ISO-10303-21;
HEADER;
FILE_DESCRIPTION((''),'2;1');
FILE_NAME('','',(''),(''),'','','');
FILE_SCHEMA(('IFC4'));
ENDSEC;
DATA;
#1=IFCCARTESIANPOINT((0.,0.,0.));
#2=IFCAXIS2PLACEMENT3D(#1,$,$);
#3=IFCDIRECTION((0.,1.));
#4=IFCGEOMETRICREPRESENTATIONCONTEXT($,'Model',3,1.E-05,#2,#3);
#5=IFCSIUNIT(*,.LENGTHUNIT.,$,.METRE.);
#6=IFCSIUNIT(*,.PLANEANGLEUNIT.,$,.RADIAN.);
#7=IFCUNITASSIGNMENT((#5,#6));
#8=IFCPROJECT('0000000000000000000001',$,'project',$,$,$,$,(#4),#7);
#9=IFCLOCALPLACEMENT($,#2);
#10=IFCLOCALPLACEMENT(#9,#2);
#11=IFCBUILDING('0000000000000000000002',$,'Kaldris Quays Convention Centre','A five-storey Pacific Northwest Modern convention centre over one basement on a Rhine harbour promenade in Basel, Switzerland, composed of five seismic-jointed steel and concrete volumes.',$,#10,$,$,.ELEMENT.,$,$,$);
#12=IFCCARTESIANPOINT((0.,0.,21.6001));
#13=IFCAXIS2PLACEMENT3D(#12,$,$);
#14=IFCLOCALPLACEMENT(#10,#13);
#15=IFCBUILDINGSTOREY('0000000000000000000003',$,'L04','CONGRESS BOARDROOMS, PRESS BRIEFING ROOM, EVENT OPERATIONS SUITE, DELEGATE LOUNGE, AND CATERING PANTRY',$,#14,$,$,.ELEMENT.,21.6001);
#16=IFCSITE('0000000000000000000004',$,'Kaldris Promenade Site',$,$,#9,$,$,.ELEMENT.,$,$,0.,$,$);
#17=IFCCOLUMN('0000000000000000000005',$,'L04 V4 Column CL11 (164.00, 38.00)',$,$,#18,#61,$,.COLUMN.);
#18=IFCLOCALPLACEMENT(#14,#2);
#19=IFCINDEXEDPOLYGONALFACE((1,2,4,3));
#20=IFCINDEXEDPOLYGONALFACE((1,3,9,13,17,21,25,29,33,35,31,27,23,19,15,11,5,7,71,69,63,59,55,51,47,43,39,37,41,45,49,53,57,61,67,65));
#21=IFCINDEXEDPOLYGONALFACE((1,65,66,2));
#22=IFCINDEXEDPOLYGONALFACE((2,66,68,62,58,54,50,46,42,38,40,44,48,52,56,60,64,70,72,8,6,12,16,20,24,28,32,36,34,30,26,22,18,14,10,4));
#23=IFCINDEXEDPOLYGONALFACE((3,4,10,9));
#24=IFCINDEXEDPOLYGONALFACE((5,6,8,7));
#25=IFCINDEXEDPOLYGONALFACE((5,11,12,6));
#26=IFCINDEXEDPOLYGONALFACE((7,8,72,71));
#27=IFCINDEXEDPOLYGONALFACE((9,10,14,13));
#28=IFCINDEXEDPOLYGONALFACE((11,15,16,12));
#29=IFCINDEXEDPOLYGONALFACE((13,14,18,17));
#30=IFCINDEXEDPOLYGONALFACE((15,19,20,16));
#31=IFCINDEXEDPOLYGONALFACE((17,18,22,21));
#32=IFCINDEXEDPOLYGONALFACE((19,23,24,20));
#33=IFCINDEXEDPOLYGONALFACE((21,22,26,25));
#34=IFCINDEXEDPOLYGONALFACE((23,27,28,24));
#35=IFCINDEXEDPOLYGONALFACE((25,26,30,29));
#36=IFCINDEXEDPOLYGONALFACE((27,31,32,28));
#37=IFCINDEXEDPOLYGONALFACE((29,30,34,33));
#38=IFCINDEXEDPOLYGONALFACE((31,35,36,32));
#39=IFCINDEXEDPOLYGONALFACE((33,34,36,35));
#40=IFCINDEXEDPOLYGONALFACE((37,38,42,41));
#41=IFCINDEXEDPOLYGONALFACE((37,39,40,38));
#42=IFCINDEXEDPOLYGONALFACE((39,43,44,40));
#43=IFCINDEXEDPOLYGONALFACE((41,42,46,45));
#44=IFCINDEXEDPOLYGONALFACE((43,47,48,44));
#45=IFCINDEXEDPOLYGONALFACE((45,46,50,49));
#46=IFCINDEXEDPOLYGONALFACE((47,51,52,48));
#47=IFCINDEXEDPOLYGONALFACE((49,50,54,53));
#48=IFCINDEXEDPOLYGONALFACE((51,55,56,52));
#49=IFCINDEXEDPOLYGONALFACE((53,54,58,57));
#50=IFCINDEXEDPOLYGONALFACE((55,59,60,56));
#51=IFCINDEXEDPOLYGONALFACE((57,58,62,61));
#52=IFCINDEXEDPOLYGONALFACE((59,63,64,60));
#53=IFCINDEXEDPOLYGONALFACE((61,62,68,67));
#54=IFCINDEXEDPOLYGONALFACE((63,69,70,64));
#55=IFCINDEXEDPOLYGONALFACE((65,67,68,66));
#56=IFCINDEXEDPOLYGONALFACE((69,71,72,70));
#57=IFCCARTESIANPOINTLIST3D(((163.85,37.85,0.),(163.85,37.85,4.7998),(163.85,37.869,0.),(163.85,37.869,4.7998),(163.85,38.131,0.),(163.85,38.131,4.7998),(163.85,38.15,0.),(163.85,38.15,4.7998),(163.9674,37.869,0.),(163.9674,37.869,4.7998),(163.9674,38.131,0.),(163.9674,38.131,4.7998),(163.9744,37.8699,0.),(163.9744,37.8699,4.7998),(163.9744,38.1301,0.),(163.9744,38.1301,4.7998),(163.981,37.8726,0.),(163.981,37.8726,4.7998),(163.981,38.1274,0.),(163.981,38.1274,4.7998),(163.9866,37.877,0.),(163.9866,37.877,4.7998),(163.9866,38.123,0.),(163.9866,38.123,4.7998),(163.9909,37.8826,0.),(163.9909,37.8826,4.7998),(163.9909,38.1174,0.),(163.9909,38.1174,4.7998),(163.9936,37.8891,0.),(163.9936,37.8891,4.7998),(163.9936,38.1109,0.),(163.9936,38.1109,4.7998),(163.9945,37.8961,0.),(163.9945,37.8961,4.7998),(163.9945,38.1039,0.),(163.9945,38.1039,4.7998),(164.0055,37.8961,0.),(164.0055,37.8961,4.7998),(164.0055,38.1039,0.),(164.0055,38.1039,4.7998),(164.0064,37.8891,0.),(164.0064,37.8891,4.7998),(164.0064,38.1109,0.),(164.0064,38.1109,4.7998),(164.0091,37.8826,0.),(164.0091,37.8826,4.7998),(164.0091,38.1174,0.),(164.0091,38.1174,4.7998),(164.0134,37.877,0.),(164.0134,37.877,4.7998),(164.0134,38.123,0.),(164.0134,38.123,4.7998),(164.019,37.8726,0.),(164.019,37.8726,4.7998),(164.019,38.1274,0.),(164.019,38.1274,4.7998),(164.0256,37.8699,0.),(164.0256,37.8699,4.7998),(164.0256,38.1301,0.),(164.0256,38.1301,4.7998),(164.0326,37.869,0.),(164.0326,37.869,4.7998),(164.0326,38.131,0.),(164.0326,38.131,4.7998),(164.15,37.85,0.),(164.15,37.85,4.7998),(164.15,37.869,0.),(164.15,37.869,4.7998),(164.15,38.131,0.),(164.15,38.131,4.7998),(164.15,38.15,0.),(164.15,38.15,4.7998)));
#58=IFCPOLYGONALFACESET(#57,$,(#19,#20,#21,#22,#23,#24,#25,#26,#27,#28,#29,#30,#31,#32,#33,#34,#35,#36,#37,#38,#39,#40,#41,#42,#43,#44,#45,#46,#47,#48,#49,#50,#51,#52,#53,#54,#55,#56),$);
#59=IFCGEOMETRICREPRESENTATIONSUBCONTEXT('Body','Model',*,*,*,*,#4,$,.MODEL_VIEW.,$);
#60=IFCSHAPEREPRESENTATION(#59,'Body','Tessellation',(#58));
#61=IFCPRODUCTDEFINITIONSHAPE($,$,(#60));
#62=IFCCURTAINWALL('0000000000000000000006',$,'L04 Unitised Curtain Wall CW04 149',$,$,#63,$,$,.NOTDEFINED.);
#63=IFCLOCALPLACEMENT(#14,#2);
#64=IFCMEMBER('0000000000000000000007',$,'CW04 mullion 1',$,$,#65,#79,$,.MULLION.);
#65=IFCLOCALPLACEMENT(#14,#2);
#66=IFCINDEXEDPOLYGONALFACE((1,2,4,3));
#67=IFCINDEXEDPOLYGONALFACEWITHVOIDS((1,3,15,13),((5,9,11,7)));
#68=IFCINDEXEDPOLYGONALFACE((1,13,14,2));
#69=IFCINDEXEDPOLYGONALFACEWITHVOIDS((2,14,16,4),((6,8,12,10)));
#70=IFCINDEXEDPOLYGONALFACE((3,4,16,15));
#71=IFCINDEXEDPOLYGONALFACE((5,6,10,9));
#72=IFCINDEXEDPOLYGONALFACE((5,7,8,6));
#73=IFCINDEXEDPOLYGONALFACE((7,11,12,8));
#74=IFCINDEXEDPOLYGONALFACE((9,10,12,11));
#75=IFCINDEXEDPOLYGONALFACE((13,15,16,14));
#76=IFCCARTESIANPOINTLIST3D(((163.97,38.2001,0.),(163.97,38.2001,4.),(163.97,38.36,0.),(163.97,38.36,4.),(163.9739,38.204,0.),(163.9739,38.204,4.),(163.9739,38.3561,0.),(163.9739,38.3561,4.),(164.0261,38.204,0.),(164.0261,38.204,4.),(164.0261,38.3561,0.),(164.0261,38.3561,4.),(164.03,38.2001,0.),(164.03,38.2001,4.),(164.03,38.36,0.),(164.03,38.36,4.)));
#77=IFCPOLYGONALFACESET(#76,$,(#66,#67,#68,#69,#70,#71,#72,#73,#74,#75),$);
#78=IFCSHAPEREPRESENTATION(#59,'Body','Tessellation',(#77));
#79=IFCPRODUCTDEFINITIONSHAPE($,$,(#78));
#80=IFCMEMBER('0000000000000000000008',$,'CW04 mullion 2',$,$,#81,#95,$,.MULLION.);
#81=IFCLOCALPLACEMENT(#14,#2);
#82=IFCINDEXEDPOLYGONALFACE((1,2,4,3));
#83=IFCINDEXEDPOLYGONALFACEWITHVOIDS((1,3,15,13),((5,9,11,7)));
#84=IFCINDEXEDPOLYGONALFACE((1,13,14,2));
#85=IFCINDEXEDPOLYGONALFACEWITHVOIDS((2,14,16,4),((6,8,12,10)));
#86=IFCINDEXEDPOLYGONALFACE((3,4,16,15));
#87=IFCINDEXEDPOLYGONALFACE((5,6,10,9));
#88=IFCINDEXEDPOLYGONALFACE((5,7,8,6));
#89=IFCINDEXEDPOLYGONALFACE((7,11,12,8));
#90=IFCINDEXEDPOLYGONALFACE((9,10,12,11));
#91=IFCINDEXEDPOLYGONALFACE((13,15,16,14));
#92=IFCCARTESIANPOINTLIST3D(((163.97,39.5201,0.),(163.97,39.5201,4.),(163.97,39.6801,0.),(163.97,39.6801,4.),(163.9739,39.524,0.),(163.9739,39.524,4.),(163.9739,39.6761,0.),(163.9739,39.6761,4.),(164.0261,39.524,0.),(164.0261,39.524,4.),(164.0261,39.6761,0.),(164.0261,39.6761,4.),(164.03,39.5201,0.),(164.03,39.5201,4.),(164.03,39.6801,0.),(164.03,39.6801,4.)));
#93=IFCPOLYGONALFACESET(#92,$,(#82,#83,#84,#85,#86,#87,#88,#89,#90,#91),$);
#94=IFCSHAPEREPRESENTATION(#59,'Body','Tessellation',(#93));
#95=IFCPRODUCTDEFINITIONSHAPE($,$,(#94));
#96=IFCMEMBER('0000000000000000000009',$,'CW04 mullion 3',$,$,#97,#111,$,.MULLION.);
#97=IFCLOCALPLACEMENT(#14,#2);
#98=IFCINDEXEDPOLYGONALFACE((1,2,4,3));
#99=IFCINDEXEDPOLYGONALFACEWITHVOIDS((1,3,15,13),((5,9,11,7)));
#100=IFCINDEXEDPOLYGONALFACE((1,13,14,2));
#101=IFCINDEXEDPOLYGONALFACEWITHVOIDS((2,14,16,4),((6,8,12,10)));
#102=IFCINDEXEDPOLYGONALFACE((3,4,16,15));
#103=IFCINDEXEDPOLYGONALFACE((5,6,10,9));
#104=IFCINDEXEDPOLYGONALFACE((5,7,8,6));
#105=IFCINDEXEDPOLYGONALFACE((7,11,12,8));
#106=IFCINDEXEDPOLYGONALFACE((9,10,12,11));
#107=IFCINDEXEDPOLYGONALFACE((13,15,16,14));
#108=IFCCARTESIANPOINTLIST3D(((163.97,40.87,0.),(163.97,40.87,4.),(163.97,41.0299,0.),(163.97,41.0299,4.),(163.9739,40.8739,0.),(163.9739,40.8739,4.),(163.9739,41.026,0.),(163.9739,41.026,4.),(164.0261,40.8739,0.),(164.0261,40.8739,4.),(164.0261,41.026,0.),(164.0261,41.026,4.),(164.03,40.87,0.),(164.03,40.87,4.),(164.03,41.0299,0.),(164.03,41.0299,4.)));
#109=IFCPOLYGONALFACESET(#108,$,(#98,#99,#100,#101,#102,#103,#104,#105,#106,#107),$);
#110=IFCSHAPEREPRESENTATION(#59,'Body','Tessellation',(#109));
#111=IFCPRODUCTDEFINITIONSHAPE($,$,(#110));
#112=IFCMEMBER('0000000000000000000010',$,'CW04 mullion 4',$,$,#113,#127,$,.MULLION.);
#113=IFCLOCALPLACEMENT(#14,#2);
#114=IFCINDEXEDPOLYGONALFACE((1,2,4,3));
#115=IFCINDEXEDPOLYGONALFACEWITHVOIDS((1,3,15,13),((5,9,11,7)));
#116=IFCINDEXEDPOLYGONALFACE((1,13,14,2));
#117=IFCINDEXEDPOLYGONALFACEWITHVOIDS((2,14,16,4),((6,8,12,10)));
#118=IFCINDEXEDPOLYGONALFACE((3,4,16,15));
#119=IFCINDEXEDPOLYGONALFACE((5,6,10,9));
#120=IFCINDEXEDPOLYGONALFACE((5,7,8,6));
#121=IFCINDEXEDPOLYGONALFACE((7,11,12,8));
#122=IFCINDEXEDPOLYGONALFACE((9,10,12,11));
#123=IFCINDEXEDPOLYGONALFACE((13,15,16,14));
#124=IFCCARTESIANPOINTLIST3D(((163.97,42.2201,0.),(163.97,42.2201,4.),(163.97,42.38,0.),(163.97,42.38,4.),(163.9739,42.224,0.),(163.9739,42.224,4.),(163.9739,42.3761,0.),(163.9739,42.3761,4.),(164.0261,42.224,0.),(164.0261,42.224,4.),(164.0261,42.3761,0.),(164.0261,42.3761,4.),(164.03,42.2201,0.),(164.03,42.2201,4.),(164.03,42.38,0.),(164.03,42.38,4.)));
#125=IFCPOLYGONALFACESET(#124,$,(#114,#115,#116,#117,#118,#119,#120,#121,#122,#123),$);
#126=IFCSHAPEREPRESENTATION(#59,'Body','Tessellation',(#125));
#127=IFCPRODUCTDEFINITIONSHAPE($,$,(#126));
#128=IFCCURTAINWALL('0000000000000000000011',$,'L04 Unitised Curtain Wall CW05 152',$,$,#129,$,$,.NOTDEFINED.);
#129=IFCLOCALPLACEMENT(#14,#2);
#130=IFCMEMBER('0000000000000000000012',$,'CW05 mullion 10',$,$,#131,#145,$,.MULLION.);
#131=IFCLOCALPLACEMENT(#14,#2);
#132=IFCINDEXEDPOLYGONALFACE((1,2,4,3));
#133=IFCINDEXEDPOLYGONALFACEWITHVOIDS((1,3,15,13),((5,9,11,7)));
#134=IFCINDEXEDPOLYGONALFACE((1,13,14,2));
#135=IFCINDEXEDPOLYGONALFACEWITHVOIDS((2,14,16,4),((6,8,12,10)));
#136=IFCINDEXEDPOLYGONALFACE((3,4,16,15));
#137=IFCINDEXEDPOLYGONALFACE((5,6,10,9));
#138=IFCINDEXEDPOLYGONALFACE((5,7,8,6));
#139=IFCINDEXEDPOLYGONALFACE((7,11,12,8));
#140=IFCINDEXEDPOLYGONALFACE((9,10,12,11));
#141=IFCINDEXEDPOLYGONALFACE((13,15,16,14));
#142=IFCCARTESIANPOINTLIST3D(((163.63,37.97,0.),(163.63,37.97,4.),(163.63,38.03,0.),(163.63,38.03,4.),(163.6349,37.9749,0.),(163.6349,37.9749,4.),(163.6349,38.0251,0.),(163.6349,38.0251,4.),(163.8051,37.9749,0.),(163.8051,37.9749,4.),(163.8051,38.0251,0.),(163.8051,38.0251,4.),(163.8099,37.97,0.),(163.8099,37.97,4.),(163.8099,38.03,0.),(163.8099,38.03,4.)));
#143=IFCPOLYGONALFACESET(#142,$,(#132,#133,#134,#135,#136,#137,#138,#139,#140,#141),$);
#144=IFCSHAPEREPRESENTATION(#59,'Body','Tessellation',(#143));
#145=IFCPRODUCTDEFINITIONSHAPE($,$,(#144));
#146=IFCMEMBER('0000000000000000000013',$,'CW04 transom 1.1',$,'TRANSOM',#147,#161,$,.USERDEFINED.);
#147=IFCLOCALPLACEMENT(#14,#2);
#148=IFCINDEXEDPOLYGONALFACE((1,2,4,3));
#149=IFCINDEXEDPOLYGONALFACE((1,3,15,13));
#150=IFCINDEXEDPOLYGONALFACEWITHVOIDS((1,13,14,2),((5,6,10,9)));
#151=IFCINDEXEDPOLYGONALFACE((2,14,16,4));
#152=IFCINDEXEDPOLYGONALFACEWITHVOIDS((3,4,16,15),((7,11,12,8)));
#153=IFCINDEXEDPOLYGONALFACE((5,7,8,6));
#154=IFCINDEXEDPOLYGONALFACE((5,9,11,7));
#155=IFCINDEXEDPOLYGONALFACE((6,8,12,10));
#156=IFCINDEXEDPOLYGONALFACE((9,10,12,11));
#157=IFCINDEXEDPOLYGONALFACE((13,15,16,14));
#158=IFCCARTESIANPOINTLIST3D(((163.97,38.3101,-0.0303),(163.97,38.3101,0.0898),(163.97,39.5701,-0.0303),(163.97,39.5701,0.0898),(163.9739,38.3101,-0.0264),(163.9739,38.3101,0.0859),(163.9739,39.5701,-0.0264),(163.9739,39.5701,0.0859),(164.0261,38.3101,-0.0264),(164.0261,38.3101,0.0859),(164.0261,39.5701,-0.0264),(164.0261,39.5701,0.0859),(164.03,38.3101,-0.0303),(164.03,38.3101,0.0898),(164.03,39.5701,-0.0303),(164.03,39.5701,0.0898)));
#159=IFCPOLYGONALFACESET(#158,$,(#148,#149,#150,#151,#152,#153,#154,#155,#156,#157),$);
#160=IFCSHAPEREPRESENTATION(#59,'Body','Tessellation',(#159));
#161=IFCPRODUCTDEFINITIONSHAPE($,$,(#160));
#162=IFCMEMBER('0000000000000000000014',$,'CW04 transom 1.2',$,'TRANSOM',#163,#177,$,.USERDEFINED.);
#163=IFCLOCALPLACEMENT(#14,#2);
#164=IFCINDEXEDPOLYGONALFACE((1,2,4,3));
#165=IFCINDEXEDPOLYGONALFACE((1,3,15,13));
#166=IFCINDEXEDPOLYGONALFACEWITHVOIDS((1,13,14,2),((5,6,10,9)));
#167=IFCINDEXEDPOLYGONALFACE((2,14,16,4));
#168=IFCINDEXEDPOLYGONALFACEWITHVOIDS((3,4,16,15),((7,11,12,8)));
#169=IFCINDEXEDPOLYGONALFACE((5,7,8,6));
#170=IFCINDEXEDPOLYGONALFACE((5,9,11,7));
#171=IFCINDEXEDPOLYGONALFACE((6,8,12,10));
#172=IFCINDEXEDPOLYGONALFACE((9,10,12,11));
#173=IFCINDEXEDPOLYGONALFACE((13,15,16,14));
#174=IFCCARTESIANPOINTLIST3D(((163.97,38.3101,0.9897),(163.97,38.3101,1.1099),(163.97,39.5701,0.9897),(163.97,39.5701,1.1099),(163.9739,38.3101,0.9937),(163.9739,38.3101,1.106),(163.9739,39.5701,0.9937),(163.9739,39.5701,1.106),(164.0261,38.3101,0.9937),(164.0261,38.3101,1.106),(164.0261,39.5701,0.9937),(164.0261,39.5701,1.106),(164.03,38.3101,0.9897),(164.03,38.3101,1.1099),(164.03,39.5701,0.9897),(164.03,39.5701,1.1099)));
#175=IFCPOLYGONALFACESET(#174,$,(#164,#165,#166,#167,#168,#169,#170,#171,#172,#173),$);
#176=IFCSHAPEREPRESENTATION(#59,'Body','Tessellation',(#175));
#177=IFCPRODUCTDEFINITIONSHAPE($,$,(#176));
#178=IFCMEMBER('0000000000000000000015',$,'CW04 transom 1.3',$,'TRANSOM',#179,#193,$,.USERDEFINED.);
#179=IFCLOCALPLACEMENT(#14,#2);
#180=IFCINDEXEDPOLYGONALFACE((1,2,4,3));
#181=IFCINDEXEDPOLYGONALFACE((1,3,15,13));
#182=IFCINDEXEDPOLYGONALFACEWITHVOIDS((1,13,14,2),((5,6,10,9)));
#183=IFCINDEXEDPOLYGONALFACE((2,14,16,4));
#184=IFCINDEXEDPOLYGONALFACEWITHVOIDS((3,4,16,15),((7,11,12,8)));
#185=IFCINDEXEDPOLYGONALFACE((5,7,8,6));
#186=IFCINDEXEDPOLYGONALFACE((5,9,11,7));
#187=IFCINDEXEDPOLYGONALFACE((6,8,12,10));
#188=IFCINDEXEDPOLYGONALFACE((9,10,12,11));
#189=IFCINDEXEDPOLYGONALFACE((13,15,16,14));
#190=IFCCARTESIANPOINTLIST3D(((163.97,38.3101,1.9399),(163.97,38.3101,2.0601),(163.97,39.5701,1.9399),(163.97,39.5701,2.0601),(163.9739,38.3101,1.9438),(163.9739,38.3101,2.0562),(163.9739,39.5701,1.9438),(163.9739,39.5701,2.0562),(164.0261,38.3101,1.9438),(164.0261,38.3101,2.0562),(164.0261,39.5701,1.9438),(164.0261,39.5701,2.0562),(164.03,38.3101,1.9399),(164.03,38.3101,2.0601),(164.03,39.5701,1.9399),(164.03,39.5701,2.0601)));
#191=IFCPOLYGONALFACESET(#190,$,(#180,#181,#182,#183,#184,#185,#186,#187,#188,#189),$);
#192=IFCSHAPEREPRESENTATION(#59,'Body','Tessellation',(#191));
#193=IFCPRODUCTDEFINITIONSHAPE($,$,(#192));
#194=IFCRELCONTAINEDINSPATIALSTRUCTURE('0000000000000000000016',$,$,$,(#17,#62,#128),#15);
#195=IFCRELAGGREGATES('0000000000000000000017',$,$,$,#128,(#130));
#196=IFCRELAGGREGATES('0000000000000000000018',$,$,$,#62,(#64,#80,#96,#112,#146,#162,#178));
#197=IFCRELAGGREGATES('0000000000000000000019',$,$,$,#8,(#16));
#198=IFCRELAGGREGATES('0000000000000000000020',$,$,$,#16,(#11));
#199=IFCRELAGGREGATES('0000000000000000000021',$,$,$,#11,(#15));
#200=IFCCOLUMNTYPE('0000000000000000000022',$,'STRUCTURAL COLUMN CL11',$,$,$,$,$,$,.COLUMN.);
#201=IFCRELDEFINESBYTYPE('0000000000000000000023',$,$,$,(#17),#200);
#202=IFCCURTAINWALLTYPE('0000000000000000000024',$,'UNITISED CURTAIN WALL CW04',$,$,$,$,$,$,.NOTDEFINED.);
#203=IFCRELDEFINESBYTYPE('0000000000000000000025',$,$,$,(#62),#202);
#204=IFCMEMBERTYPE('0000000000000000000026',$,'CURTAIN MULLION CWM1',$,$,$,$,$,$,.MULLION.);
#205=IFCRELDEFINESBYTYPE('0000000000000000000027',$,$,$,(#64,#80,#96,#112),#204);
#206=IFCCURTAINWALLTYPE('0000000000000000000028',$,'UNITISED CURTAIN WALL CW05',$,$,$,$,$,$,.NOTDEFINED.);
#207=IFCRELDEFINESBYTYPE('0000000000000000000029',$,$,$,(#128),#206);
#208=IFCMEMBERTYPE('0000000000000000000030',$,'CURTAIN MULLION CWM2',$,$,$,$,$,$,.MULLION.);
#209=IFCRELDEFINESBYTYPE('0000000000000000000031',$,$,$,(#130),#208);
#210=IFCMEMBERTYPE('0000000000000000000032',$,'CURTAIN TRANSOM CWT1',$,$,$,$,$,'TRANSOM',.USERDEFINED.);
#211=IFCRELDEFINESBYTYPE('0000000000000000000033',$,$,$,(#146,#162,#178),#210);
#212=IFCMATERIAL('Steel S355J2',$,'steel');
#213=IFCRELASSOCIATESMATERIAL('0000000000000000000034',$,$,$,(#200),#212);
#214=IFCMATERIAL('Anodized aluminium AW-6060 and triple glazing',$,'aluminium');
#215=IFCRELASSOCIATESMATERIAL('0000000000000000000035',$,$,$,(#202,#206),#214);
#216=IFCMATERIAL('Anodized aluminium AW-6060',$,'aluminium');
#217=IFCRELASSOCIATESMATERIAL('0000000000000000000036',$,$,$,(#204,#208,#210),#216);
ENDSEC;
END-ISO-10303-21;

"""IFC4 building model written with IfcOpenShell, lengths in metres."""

from ifc_helpers import new_model, si_unit, direction, frame, origin, origin_2d, place, context, subcontext, project, spatial, hollow_rectangle, i_section, extrude, material, material_profile, profile_set, type_object, element, aggregate, save


model = new_model("IFC4")

# Units and contexts
model_context = context("Model", 3, precision=1e-05, world=origin(), true_north=direction((0.0, 1.0)))
body_context = subcontext(model_context, "Body", "Model", "MODEL_VIEW")
ifc_project = project(units=[si_unit("LENGTHUNIT", "METRE"), si_unit("PLANEANGLEUNIT", "RADIAN")], contexts=[model_context])

# Site, building, storey
site_placement = place(None, origin())
site = spatial("IfcSite", under=ifc_project, at=site_placement, Name="Kaldris Promenade Site", CompositionType="ELEMENT", RefElevation=0.0)
building_placement = place(site_placement, origin())
building = spatial("IfcBuilding", under=site, at=building_placement, Name="Kaldris Quays Convention Centre", Description="A five-storey Pacific Northwest Modern convention centre over one basement on a Rhine harbour promenade in Basel, Switzerland, composed of five seismic-jointed steel and concrete volumes.", CompositionType="ELEMENT")
storey_placement = place(building_placement, frame((0.0, 0.0, 21.6001)))
storey = spatial("IfcBuildingStorey", under=building, at=storey_placement, Name="L04", Description="CONGRESS BOARDROOMS, PRESS BRIEFING ROOM, EVENT OPERATIONS SUITE, DELEGATE LOUNGE, AND CATERING PANTRY", CompositionType="ELEMENT", Elevation=21.6001)

# Column
ifc_material_1 = material(Name="Steel S355J2", Category="steel")
ifc_material_profile_1 = material_profile(ifc_material_1, i_section(OverallWidth=0.3, OverallDepth=0.3, WebThickness=0.011, FlangeThickness=0.019, FilletRadius=0.0271, at=origin_2d()), Name="HEB 300")
ifc_profile_set_1 = profile_set([ifc_material_profile_1], Name="Steel S355J2")
column_type = type_object("IfcColumnType", Name="STRUCTURAL COLUMN CL11", PredefinedType="COLUMN", material=ifc_profile_set_1)
column_placement = place(storey_placement, frame((164.0, 38.0, 0.0), z_axis=(0.0, 0.0, 1.0), x_axis=(1.0, 0.0, 0.0)))
element("IfcColumn", 1, at=column_placement, inside=storey, type_object=column_type, Name="L04 V4 Column CL11 (164.00, 38.00)", PredefinedType="COLUMN", context=body_context, shape_type="SweptSolid", body=[
    extrude(i_section(OverallWidth=0.3, OverallDepth=0.3, WebThickness=0.011, FlangeThickness=0.019, FilletRadius=0.0271, at=origin_2d()), origin(), (0.0, 0.0, 1.0), 4.7998),
])

# Curtain wall, members
ifc_material_2 = material(Name="Anodized aluminium AW-6060 and triple glazing", Category="aluminium")
curtain_wall_type_1 = type_object("IfcCurtainWallType", Name="UNITISED CURTAIN WALL CW04", PredefinedType="NOTDEFINED", material=ifc_material_2)
curtain_wall_1_placement = place(storey_placement, origin())
curtain_wall_1 = element("IfcCurtainWall", 2, at=curtain_wall_1_placement, inside=storey, type_object=curtain_wall_type_1, Name="L04 Unitised Curtain Wall CW04 149", PredefinedType="NOTDEFINED")
ifc_material_3 = material(Name="Anodized aluminium AW-6060", Category="aluminium")
ifc_material_profile_2 = material_profile(ifc_material_3, hollow_rectangle(XDim=0.0601, YDim=0.1599, WallThickness=0.0039, at=origin_2d()), Name="RHS 160x60x4")
ifc_profile_set_2 = profile_set([ifc_material_profile_2], Name="Anodized aluminium AW-6060")
member_type_1 = type_object("IfcMemberType", Name="CURTAIN MULLION CWM1", PredefinedType="MULLION", material=ifc_profile_set_2)
member_1_placement = place(storey_placement, frame((164.0, 38.28, 0.0), z_axis=(0.0, 0.0, 1.0), x_axis=(-1.0, 0.0, 0.0)))
member_1 = element("IfcMember", 3, at=member_1_placement, type_object=member_type_1, Name="CW04 mullion 1", PredefinedType="MULLION", context=body_context, shape_type="SweptSolid", body=[
    extrude(hollow_rectangle(XDim=0.0601, YDim=0.1599, WallThickness=0.0039, at=origin_2d()), origin(), (0.0, 0.0, 1.0), 4.0),
])
member_2_placement = place(storey_placement, frame((164.0, 39.6001, 0.0), z_axis=(0.0, 0.0, 1.0), x_axis=(-1.0, 0.0, 0.0)))
member_2 = element("IfcMember", 4, at=member_2_placement, type_object=member_type_1, Name="CW04 mullion 2", PredefinedType="MULLION", context=body_context, shape_type="SweptSolid", body=[
    extrude(hollow_rectangle(XDim=0.0601, YDim=0.1599, WallThickness=0.0039, at=origin_2d()), origin(), (0.0, 0.0, 1.0), 4.0),
])
member_3_placement = place(storey_placement, frame((164.0, 40.95, 0.0), z_axis=(0.0, 0.0, 1.0), x_axis=(-1.0, 0.0, 0.0)))
member_3 = element("IfcMember", 5, at=member_3_placement, type_object=member_type_1, Name="CW04 mullion 3", PredefinedType="MULLION", context=body_context, shape_type="SweptSolid", body=[
    extrude(hollow_rectangle(XDim=0.0601, YDim=0.1599, WallThickness=0.0039, at=origin_2d()), origin(), (0.0, 0.0, 1.0), 4.0),
])
member_4_placement = place(storey_placement, frame((164.0, 42.3, 0.0), z_axis=(0.0, 0.0, 1.0), x_axis=(-1.0, 0.0, 0.0)))
member_4 = element("IfcMember", 6, at=member_4_placement, type_object=member_type_1, Name="CW04 mullion 4", PredefinedType="MULLION", context=body_context, shape_type="SweptSolid", body=[
    extrude(hollow_rectangle(XDim=0.0601, YDim=0.1599, WallThickness=0.0039, at=origin_2d()), origin(), (0.0, 0.0, 1.0), 4.0),
])

# Curtain wall, member
curtain_wall_type_2 = type_object("IfcCurtainWallType", Name="UNITISED CURTAIN WALL CW05", PredefinedType="NOTDEFINED", material=ifc_material_2)
curtain_wall_2_placement = place(storey_placement, origin())
curtain_wall_2 = element("IfcCurtainWall", 7, at=curtain_wall_2_placement, inside=storey, type_object=curtain_wall_type_2, Name="L04 Unitised Curtain Wall CW05 152", PredefinedType="NOTDEFINED")
ifc_material_profile_3 = material_profile(ifc_material_3, hollow_rectangle(XDim=0.0601, YDim=0.1799, WallThickness=0.0049, at=origin_2d()), Name="RHS 180x60x5")
ifc_profile_set_3 = profile_set([ifc_material_profile_3], Name="Anodized aluminium AW-6060")
member_type_2 = type_object("IfcMemberType", Name="CURTAIN MULLION CWM2", PredefinedType="MULLION", material=ifc_profile_set_3)
member_5_placement = place(storey_placement, frame((163.72, 38.0, 0.0), z_axis=(0.0, 0.0, 1.0), x_axis=(0.0, 1.0, 0.0)))
member_5 = element("IfcMember", 8, at=member_5_placement, type_object=member_type_2, Name="CW05 mullion 10", PredefinedType="MULLION", context=body_context, shape_type="SweptSolid", body=[
    extrude(hollow_rectangle(XDim=0.0601, YDim=0.1799, WallThickness=0.0049, at=origin_2d()), origin(), (0.0, 0.0, 1.0), 4.0),
])
aggregate(curtain_wall_2, [member_5])

# Members
ifc_material_profile_4 = material_profile(ifc_material_3, hollow_rectangle(XDim=0.0601, YDim=0.1201, WallThickness=0.0039, at=origin_2d()), Name="RHS 120x60x4")
ifc_profile_set_4 = profile_set([ifc_material_profile_4], Name="Anodized aluminium AW-6060")
member_type_3 = type_object("IfcMemberType", Name="CURTAIN TRANSOM CWT1", ElementType="TRANSOM", PredefinedType="USERDEFINED", material=ifc_profile_set_4)
member_6_placement = place(storey_placement, frame((164.0, 38.3101, 0.0298), z_axis=(0.0, 1.0, 0.0), x_axis=(-1.0, 0.0, 0.0)))
member_6 = element("IfcMember", 9, at=member_6_placement, type_object=member_type_3, Name="CW04 transom 1.1", ObjectType="TRANSOM", PredefinedType="USERDEFINED", context=body_context, shape_type="SweptSolid", body=[
    extrude(hollow_rectangle(XDim=0.0601, YDim=0.1201, WallThickness=0.0039, at=origin_2d()), origin(), (0.0, 0.0, 1.0), 1.26),
])
member_7_placement = place(storey_placement, frame((164.0, 38.3101, 1.0498), z_axis=(0.0, 1.0, 0.0), x_axis=(-1.0, 0.0, 0.0)))
member_7 = element("IfcMember", 10, at=member_7_placement, type_object=member_type_3, Name="CW04 transom 1.2", ObjectType="TRANSOM", PredefinedType="USERDEFINED", context=body_context, shape_type="SweptSolid", body=[
    extrude(hollow_rectangle(XDim=0.0601, YDim=0.1201, WallThickness=0.0039, at=origin_2d()), origin(), (0.0, 0.0, 1.0), 1.26),
])
member_8_placement = place(storey_placement, frame((164.0, 38.3101, 2.0), z_axis=(0.0, 1.0, 0.0), x_axis=(-1.0, 0.0, 0.0)))
member_8 = element("IfcMember", 11, at=member_8_placement, type_object=member_type_3, Name="CW04 transom 1.3", ObjectType="TRANSOM", PredefinedType="USERDEFINED", context=body_context, shape_type="SweptSolid", body=[
    extrude(hollow_rectangle(XDim=0.0601, YDim=0.1201, WallThickness=0.0039, at=origin_2d()), origin(), (0.0, 0.0, 1.0), 1.26),
])

aggregate(curtain_wall_1, [member_1, member_2, member_3, member_4, member_6, member_7, member_8])

save(model, "model.ifc")
